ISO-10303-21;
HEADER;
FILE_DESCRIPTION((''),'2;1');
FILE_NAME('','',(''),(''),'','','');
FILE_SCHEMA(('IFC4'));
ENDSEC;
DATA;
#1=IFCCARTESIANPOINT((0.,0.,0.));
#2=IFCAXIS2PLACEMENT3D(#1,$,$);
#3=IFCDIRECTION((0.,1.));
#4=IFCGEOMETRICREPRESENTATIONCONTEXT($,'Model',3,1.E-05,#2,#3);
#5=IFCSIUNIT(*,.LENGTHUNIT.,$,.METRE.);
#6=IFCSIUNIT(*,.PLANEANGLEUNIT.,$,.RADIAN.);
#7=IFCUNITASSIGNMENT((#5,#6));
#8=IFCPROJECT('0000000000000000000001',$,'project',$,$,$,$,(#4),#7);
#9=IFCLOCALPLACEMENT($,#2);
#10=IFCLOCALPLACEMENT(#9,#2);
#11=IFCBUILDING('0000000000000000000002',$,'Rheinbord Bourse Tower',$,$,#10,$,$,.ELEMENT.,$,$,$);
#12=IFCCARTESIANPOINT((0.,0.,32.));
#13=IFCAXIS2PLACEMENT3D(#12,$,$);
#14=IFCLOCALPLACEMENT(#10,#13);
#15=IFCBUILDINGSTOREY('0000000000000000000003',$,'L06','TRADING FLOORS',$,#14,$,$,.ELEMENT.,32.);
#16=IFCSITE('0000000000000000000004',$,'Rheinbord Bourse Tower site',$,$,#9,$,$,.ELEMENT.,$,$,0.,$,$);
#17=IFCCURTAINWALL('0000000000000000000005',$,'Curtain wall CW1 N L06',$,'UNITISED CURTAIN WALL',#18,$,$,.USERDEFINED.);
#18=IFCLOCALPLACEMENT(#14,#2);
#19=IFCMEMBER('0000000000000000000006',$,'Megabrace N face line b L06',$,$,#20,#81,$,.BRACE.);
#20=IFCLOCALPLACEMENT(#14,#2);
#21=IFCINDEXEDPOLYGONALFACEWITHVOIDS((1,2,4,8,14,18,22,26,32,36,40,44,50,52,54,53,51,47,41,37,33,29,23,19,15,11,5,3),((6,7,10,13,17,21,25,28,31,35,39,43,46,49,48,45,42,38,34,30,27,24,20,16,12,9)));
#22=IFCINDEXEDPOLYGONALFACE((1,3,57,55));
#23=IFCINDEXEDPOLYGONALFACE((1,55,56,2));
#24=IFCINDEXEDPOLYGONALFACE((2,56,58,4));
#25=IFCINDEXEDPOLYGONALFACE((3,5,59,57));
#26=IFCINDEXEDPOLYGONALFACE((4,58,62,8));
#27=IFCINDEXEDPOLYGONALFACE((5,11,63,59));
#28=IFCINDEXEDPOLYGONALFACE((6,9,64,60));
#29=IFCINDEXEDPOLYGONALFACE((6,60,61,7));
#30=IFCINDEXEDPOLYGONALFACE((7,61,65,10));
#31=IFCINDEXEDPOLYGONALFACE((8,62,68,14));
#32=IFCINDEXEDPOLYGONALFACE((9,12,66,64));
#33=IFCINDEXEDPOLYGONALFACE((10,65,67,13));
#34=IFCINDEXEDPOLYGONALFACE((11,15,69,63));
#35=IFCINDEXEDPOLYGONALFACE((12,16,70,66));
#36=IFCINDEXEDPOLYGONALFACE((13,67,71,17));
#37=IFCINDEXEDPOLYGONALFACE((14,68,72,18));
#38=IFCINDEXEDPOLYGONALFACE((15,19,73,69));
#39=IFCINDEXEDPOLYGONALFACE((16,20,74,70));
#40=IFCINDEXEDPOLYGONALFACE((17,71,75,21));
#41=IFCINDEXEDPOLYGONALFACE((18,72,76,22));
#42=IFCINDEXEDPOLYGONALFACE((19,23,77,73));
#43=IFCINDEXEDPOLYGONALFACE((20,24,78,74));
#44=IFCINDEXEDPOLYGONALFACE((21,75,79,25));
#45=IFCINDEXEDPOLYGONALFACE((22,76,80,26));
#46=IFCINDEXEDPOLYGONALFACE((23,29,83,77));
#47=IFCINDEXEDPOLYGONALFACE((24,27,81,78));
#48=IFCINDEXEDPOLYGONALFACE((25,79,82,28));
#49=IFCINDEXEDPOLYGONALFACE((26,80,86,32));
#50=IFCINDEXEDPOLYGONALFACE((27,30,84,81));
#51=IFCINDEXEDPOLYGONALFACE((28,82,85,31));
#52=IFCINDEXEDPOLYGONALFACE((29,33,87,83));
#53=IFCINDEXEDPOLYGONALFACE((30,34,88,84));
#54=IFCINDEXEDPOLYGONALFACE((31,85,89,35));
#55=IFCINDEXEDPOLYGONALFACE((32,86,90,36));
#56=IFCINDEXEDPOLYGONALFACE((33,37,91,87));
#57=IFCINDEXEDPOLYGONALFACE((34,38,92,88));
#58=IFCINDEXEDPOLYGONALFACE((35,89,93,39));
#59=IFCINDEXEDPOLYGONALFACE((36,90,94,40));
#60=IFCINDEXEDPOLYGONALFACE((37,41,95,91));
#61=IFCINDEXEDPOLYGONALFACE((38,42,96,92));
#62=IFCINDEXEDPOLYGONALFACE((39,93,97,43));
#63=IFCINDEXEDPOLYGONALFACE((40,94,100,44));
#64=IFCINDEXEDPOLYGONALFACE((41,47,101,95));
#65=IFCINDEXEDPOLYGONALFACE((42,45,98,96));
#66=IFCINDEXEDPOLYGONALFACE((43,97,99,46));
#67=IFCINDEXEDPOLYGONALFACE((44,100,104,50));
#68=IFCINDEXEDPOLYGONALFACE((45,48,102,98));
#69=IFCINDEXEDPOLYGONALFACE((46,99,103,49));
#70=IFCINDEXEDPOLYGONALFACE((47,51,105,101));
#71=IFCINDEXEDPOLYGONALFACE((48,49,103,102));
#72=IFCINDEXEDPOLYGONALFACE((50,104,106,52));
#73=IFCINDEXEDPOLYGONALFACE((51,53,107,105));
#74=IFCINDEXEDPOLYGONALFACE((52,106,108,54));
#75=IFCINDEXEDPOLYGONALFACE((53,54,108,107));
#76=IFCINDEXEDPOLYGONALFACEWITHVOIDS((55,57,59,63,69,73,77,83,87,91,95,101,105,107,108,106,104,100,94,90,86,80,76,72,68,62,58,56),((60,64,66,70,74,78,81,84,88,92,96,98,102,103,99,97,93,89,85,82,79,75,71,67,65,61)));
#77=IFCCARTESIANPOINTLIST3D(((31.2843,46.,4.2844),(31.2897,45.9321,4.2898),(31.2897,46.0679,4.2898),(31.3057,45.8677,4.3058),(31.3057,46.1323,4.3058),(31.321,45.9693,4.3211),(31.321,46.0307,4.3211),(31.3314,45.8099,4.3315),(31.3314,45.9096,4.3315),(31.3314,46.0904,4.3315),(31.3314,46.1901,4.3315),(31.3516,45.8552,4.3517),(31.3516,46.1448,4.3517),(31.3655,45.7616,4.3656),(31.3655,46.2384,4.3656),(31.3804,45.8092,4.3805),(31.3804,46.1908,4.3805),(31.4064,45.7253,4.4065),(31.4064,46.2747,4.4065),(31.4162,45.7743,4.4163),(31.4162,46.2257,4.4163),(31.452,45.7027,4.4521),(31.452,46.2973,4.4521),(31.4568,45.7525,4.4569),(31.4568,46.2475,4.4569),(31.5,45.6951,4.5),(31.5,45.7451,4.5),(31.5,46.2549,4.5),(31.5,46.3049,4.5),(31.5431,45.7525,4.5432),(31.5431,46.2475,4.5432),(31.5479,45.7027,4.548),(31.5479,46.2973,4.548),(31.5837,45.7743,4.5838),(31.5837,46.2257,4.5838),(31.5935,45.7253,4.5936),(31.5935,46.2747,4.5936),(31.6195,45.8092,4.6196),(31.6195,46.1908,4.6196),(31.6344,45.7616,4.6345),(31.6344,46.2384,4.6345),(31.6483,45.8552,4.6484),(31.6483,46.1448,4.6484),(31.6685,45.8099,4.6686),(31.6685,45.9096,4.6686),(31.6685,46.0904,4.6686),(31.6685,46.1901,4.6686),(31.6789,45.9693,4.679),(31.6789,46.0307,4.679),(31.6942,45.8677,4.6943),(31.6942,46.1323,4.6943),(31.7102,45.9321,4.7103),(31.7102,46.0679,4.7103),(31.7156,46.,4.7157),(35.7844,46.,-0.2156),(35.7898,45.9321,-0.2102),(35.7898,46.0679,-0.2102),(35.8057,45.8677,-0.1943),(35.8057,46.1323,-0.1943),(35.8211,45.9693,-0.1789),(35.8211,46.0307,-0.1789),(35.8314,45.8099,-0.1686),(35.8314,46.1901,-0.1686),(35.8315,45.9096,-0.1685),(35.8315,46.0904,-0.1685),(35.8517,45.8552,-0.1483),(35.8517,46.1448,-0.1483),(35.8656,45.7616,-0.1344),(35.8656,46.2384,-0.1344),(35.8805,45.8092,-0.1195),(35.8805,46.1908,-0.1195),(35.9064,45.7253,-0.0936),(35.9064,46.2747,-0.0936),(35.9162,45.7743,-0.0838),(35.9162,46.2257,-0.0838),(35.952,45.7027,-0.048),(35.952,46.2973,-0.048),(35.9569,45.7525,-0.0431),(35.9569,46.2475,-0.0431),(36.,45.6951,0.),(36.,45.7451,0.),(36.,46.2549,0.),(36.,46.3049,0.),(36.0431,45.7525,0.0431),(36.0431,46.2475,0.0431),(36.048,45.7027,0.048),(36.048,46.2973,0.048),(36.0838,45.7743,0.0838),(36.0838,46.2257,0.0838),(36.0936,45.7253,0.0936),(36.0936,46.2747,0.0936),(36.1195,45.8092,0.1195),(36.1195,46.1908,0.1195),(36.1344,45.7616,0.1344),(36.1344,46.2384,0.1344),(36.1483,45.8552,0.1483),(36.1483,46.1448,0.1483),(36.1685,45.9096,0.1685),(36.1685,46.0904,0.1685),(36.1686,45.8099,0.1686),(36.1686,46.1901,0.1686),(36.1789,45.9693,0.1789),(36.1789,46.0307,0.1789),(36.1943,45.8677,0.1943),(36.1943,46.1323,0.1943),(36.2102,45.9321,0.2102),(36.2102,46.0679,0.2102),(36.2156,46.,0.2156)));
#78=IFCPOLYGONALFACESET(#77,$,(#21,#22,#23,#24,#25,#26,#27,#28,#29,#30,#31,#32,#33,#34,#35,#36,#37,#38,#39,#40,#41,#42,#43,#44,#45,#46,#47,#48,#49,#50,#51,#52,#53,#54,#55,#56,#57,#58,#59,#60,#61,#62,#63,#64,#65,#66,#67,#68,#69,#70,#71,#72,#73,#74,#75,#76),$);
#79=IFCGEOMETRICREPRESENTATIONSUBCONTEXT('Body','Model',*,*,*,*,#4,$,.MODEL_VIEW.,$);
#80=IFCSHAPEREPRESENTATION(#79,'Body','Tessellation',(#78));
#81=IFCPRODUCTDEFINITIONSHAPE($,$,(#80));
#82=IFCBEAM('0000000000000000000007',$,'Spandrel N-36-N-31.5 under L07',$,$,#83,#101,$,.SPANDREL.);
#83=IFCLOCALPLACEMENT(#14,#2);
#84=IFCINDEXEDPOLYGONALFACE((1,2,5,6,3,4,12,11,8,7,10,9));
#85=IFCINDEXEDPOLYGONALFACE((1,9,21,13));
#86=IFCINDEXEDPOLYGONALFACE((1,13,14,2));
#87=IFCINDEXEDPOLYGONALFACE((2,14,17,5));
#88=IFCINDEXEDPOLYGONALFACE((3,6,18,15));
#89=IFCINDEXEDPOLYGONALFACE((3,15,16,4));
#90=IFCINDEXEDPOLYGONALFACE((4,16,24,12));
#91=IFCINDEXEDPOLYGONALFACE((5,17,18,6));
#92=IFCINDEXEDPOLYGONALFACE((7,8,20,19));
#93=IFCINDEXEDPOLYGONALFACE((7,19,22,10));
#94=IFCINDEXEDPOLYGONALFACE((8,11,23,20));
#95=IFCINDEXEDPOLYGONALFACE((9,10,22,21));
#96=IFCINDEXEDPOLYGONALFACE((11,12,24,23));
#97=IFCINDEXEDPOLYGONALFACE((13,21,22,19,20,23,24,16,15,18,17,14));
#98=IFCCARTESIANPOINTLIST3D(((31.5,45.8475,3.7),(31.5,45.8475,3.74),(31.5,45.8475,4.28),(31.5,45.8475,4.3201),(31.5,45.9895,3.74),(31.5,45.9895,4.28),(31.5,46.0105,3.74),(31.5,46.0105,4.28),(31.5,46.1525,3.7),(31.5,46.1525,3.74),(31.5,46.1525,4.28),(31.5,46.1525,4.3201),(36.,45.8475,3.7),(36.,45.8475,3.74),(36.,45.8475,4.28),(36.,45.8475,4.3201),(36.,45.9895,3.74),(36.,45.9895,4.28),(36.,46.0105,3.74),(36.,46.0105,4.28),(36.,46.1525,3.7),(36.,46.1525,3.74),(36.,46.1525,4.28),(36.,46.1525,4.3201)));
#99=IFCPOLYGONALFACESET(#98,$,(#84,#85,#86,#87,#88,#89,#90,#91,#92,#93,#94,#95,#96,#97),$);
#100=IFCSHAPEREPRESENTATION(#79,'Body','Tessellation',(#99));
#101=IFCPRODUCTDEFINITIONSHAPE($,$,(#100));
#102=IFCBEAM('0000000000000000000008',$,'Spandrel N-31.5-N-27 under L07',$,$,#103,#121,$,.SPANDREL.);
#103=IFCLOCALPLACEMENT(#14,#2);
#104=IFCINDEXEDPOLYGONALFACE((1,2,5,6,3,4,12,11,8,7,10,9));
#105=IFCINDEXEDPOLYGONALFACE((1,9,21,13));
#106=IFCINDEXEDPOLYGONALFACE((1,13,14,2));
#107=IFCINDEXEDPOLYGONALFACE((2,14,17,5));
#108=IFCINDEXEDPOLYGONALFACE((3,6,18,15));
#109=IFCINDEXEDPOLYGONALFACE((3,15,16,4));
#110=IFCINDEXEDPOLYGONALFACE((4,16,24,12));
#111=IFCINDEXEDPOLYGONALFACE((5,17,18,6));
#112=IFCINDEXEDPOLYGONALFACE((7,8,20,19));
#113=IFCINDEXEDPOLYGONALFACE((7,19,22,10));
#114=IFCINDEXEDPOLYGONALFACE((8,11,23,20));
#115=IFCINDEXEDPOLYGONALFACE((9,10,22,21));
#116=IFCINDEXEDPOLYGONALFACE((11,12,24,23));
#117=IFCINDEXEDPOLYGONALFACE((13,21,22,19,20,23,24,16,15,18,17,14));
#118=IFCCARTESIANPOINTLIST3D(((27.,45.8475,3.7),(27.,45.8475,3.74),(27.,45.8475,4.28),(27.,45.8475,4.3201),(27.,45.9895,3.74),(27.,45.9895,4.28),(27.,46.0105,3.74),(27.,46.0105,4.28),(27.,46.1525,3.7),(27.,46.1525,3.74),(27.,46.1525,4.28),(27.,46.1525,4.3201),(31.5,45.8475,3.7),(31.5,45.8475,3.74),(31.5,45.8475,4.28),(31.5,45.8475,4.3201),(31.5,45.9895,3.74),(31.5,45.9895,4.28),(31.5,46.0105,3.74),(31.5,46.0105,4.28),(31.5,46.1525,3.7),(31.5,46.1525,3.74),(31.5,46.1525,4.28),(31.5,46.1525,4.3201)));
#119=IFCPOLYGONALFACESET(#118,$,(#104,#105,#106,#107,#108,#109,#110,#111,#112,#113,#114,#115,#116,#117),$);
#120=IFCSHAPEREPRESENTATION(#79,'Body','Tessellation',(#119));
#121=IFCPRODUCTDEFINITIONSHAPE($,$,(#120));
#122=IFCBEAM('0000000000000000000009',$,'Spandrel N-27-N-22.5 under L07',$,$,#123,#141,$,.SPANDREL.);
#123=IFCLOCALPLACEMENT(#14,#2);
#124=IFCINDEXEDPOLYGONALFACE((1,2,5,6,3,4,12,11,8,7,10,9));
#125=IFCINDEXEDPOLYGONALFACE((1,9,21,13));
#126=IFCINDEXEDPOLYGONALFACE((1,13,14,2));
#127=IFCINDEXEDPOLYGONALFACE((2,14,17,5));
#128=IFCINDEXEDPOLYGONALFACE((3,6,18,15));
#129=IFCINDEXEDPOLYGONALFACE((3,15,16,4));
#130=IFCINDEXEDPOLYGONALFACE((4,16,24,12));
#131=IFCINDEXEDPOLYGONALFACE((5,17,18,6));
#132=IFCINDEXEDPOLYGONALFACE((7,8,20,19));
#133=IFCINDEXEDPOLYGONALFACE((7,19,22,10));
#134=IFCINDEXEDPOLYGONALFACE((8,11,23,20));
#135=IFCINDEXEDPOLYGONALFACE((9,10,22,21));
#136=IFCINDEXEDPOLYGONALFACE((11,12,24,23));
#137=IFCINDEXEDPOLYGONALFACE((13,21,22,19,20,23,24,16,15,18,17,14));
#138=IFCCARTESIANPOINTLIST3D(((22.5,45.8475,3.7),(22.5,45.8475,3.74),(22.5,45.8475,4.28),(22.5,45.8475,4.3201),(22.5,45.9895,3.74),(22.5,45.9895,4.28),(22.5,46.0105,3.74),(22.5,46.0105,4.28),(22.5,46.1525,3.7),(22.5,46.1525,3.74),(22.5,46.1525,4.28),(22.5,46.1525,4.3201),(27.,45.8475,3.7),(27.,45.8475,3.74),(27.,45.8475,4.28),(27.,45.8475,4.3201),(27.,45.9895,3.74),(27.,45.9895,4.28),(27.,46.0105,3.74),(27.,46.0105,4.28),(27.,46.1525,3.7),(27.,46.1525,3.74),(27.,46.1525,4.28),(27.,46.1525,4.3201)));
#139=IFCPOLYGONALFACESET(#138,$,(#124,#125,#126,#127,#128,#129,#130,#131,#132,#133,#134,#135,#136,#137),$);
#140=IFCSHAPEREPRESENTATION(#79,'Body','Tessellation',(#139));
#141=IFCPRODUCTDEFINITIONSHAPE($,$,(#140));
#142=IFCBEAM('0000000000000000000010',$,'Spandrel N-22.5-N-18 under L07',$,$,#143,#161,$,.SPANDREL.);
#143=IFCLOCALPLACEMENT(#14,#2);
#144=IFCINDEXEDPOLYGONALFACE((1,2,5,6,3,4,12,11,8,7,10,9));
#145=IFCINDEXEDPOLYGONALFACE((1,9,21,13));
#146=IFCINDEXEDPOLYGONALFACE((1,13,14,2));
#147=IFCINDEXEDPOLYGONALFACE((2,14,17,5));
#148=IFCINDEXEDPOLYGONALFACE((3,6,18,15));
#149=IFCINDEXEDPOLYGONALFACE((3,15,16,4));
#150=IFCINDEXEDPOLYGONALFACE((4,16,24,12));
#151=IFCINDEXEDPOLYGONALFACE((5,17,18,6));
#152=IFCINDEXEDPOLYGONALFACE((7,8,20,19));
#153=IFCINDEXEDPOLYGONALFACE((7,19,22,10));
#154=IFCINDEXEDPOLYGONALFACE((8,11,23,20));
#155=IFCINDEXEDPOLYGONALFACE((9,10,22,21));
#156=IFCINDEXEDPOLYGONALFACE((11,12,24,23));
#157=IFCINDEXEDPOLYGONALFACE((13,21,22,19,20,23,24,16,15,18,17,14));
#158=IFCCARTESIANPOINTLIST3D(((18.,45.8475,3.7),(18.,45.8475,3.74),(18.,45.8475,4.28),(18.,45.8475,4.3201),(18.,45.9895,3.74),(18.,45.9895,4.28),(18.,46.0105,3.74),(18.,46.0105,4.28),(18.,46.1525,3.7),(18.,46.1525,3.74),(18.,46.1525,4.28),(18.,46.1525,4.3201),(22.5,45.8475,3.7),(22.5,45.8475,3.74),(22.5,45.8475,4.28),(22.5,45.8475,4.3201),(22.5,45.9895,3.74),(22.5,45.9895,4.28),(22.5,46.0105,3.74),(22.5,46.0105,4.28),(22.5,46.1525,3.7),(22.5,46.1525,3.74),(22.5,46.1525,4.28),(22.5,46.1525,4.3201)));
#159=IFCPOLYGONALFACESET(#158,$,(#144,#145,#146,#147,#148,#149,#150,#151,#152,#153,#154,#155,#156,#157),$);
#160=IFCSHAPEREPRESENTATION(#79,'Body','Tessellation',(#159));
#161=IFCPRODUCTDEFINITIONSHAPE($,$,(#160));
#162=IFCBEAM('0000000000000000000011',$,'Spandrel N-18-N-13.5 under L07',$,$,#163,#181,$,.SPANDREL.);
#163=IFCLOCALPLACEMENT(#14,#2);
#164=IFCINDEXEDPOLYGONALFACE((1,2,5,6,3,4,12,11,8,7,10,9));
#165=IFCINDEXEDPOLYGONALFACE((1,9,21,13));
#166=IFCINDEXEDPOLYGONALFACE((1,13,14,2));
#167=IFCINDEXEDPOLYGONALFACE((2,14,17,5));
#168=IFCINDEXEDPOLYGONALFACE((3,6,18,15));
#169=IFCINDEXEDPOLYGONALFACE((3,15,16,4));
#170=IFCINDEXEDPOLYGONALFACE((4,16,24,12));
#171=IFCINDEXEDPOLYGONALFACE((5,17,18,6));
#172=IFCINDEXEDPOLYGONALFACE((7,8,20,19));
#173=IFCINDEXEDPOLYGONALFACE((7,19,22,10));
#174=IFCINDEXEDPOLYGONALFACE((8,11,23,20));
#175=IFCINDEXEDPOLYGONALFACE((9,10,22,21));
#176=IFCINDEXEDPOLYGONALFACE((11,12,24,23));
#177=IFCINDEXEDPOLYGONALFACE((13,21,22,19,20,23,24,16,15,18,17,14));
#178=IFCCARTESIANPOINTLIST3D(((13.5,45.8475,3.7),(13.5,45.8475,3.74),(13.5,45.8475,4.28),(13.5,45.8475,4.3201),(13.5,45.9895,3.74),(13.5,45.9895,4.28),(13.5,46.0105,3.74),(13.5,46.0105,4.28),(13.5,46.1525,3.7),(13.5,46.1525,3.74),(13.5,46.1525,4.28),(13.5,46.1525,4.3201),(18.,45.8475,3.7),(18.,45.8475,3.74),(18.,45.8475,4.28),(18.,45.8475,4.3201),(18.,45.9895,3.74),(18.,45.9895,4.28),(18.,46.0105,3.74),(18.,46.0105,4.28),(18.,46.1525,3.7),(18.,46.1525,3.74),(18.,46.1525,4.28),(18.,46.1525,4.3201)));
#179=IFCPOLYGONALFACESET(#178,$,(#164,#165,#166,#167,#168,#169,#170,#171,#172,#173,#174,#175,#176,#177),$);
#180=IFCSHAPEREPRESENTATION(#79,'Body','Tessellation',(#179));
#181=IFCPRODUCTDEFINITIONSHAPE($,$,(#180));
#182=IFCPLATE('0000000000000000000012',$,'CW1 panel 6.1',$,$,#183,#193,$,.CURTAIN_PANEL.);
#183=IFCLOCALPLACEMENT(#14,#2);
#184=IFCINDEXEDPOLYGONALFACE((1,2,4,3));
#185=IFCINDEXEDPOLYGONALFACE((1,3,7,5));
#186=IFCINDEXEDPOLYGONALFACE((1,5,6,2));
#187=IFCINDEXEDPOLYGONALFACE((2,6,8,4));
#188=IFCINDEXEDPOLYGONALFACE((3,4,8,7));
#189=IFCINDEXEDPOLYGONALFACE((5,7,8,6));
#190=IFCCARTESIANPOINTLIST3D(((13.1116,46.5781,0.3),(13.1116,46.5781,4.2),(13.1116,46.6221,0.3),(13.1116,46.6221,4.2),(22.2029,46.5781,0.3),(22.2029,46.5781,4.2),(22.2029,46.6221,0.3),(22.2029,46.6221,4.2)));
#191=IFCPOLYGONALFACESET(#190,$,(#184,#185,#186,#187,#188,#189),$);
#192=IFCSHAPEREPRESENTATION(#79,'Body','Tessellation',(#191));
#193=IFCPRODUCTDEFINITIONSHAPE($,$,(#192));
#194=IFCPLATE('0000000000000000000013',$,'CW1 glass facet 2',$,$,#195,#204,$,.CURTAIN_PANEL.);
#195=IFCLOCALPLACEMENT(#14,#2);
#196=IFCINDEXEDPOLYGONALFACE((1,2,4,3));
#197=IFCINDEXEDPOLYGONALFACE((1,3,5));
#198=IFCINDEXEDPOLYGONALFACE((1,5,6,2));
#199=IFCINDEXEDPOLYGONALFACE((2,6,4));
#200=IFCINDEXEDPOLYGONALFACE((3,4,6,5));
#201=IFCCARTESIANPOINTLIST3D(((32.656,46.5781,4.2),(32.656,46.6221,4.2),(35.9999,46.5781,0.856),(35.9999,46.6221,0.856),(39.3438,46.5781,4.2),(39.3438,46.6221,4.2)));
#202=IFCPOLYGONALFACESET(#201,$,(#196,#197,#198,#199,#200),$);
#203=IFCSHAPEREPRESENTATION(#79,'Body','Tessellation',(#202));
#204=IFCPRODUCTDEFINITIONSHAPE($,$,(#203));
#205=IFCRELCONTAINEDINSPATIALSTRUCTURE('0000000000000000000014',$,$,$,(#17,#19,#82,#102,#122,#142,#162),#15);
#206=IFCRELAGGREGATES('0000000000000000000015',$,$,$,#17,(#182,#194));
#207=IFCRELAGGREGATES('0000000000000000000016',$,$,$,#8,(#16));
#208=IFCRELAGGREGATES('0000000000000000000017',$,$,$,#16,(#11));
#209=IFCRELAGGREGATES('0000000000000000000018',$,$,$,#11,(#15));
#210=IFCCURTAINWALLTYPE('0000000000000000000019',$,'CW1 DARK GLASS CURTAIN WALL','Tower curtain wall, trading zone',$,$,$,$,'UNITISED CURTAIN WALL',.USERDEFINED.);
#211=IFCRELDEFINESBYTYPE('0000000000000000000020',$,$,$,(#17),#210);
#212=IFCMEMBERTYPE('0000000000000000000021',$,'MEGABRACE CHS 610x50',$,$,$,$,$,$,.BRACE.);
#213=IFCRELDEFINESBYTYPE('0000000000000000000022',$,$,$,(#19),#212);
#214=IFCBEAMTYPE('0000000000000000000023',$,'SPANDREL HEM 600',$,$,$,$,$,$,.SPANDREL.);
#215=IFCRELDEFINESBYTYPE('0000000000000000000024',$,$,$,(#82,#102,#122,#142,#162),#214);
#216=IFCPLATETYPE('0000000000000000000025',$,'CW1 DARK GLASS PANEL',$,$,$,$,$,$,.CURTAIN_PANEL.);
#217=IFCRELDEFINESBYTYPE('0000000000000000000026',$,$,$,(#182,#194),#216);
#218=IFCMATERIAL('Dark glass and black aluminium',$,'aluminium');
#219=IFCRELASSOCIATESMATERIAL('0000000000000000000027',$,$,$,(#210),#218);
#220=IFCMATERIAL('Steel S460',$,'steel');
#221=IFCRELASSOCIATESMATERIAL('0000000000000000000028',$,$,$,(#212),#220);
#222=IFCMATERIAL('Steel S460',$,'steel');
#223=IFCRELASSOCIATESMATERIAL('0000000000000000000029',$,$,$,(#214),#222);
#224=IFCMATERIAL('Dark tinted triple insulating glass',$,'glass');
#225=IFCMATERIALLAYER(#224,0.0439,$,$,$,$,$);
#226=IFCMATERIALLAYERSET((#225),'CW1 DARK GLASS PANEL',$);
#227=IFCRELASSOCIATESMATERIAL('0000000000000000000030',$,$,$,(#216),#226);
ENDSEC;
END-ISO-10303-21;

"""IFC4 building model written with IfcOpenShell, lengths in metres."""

from ifc_helpers import new_model, si_unit, direction, frame, origin, origin_2d, place, context, subcontext, project, spatial, polyline, rectangle, hollow_circle, i_section, outline, extrude, material, layer, layer_set, material_profile, profile_set, type_object, element, aggregate, save


model = new_model("IFC4")

# Units and contexts
model_context = context("Model", 3, precision=1e-05, world=origin(), true_north=direction((0.0, 1.0)))
body_context = subcontext(model_context, "Body", "Model", "MODEL_VIEW")
ifc_project = project(units=[si_unit("LENGTHUNIT", "METRE"), si_unit("PLANEANGLEUNIT", "RADIAN")], contexts=[model_context])

# Site, building, storey
site_placement = place(None, origin())
site = spatial("IfcSite", under=ifc_project, at=site_placement, Name="Rheinbord Bourse Tower site", CompositionType="ELEMENT", RefElevation=0.0)
building_placement = place(site_placement, origin())
building = spatial("IfcBuilding", under=site, at=building_placement, Name="Rheinbord Bourse Tower", CompositionType="ELEMENT")
storey_placement = place(building_placement, frame((0.0, 0.0, 32.0)))
storey = spatial("IfcBuildingStorey", under=building, at=storey_placement, Name="L06", Description="TRADING FLOORS", CompositionType="ELEMENT", Elevation=32.0)

# Curtain wall
ifc_material_1 = material(Name="Dark glass and black aluminium", Category="aluminium")
curtain_wall_type = type_object("IfcCurtainWallType", Name="CW1 DARK GLASS CURTAIN WALL", Description="Tower curtain wall, trading zone", ElementType="UNITISED CURTAIN WALL", PredefinedType="USERDEFINED", material=ifc_material_1)
curtain_wall_placement = place(storey_placement, origin())
curtain_wall = element("IfcCurtainWall", 1, at=curtain_wall_placement, inside=storey, type_object=curtain_wall_type, Name="Curtain wall CW1 N L06", ObjectType="UNITISED CURTAIN WALL", PredefinedType="USERDEFINED")

# Member
ifc_material_2 = material(Name="Steel S460", Category="steel")
ifc_material_profile_1 = material_profile(ifc_material_2, hollow_circle(Radius=0.3049, WallThickness=0.05, at=origin_2d()), Name="CHS 610x50")
ifc_profile_set_1 = profile_set([ifc_material_profile_1], Name="Steel S460")
member_type_1 = type_object("IfcMemberType", Name="MEGABRACE CHS 610x50", PredefinedType="BRACE", material=ifc_profile_set_1)
for number, where, z_axis, x_axis, name in (
    (2, (36.0, 46.0, 0.0), (-0.707107, 0.0, 0.707107), (0.0, -1.0, 0.0), "Megabrace N face line b L06"),
):
    element("IfcMember", number, at=place(storey_placement, frame(where, z_axis=z_axis, x_axis=x_axis)), inside=storey, type_object=member_type_1, Name=name, PredefinedType="BRACE", context=body_context, shape_type="SweptSolid", body=[
        extrude(hollow_circle(Radius=0.3049, WallThickness=0.05, at=origin_2d()), origin(), (0.0, 0.0, 1.0), 6.364),
    ])

# Beams
ifc_material_3 = material(Name="Steel S460", Category="steel")
ifc_material_profile_2 = material_profile(ifc_material_3, i_section(OverallWidth=0.3049, OverallDepth=0.6201, WebThickness=0.021, FlangeThickness=0.04, at=origin_2d()), Name="HEM 600")
ifc_profile_set_2 = profile_set([ifc_material_profile_2], Name="Steel S460")
beam_type_1 = type_object("IfcBeamType", Name="SPANDREL HEM 600", PredefinedType="SPANDREL", material=ifc_profile_set_2)
for number, where, z_axis, x_axis, name in (
    (3, (36.0, 46.0, 4.01), (-1.0, 0.0, 0.0), (0.0, -1.0, 0.0), "Spandrel N-36-N-31.5 under L07"),
    (4, (31.5, 46.0, 4.01), (-1.0, 0.0, 0.0), (0.0, -1.0, 0.0), "Spandrel N-31.5-N-27 under L07"),
    (5, (27.0, 46.0, 4.01), (-1.0, 0.0, 0.0), (0.0, -1.0, 0.0), "Spandrel N-27-N-22.5 under L07"),
    (6, (22.5, 46.0, 4.01), (-1.0, 0.0, 0.0), (0.0, -1.0, 0.0), "Spandrel N-22.5-N-18 under L07"),
    (7, (18.0, 46.0, 4.01), (-1.0, 0.0, 0.0), (0.0, -1.0, 0.0), "Spandrel N-18-N-13.5 under L07"),
):
    element("IfcBeam", number, at=place(storey_placement, frame(where, z_axis=z_axis, x_axis=x_axis)), inside=storey, type_object=beam_type_1, Name=name, PredefinedType="SPANDREL", context=body_context, shape_type="SweptSolid", body=[
        extrude(i_section(OverallWidth=0.3049, OverallDepth=0.6201, WebThickness=0.021, FlangeThickness=0.04, at=origin_2d()), origin(), (0.0, 0.0, 1.0), 4.5),
    ])

# Plates
ifc_material_4 = material(Name="Dark tinted triple insulating glass", Category="glass")
ifc_layer_1 = layer(ifc_material_4, 0.0439)
ifc_layer_set_1 = layer_set([ifc_layer_1], Name="CW1 DARK GLASS PANEL")
plate_type = type_object("IfcPlateType", Name="CW1 DARK GLASS PANEL", PredefinedType="CURTAIN_PANEL", material=ifc_layer_set_1)
plate_1_placement = place(storey_placement, frame((17.6572, 46.6001, 0.3), z_axis=(0.0, 0.0, 1.0), x_axis=(-1.0, 0.0, 0.0)))
plate_1 = element("IfcPlate", 8, at=plate_1_placement, type_object=plate_type, Name="CW1 panel 6.1", PredefinedType="CURTAIN_PANEL", context=body_context, shape_type="SweptSolid", body=[
    extrude(rectangle(XDim=9.0913, YDim=0.0439, at=origin_2d()), origin(), (0.0, 0.0, 1.0), 3.8999),
])
plate_2_placement = place(storey_placement, frame((32.656, 46.6221, 4.2), z_axis=(0.0, -1.0, 0.0), x_axis=(0.707107, 0.0, -0.707107)))
plate_2 = element("IfcPlate", 9, at=plate_2_placement, type_object=plate_type, Name="CW1 glass facet 2", PredefinedType="CURTAIN_PANEL", context=body_context, shape_type="SweptSolid", body=[
    extrude(outline(polyline([(0.0, 0.0), (4.729, 0.0), (4.729, 4.729), (0.0, 0.0)])), origin(), (0.0, 0.0, 1.0), 0.0439),
])
aggregate(curtain_wall, [plate_1, plate_2])

save(model, "model.ifc")
